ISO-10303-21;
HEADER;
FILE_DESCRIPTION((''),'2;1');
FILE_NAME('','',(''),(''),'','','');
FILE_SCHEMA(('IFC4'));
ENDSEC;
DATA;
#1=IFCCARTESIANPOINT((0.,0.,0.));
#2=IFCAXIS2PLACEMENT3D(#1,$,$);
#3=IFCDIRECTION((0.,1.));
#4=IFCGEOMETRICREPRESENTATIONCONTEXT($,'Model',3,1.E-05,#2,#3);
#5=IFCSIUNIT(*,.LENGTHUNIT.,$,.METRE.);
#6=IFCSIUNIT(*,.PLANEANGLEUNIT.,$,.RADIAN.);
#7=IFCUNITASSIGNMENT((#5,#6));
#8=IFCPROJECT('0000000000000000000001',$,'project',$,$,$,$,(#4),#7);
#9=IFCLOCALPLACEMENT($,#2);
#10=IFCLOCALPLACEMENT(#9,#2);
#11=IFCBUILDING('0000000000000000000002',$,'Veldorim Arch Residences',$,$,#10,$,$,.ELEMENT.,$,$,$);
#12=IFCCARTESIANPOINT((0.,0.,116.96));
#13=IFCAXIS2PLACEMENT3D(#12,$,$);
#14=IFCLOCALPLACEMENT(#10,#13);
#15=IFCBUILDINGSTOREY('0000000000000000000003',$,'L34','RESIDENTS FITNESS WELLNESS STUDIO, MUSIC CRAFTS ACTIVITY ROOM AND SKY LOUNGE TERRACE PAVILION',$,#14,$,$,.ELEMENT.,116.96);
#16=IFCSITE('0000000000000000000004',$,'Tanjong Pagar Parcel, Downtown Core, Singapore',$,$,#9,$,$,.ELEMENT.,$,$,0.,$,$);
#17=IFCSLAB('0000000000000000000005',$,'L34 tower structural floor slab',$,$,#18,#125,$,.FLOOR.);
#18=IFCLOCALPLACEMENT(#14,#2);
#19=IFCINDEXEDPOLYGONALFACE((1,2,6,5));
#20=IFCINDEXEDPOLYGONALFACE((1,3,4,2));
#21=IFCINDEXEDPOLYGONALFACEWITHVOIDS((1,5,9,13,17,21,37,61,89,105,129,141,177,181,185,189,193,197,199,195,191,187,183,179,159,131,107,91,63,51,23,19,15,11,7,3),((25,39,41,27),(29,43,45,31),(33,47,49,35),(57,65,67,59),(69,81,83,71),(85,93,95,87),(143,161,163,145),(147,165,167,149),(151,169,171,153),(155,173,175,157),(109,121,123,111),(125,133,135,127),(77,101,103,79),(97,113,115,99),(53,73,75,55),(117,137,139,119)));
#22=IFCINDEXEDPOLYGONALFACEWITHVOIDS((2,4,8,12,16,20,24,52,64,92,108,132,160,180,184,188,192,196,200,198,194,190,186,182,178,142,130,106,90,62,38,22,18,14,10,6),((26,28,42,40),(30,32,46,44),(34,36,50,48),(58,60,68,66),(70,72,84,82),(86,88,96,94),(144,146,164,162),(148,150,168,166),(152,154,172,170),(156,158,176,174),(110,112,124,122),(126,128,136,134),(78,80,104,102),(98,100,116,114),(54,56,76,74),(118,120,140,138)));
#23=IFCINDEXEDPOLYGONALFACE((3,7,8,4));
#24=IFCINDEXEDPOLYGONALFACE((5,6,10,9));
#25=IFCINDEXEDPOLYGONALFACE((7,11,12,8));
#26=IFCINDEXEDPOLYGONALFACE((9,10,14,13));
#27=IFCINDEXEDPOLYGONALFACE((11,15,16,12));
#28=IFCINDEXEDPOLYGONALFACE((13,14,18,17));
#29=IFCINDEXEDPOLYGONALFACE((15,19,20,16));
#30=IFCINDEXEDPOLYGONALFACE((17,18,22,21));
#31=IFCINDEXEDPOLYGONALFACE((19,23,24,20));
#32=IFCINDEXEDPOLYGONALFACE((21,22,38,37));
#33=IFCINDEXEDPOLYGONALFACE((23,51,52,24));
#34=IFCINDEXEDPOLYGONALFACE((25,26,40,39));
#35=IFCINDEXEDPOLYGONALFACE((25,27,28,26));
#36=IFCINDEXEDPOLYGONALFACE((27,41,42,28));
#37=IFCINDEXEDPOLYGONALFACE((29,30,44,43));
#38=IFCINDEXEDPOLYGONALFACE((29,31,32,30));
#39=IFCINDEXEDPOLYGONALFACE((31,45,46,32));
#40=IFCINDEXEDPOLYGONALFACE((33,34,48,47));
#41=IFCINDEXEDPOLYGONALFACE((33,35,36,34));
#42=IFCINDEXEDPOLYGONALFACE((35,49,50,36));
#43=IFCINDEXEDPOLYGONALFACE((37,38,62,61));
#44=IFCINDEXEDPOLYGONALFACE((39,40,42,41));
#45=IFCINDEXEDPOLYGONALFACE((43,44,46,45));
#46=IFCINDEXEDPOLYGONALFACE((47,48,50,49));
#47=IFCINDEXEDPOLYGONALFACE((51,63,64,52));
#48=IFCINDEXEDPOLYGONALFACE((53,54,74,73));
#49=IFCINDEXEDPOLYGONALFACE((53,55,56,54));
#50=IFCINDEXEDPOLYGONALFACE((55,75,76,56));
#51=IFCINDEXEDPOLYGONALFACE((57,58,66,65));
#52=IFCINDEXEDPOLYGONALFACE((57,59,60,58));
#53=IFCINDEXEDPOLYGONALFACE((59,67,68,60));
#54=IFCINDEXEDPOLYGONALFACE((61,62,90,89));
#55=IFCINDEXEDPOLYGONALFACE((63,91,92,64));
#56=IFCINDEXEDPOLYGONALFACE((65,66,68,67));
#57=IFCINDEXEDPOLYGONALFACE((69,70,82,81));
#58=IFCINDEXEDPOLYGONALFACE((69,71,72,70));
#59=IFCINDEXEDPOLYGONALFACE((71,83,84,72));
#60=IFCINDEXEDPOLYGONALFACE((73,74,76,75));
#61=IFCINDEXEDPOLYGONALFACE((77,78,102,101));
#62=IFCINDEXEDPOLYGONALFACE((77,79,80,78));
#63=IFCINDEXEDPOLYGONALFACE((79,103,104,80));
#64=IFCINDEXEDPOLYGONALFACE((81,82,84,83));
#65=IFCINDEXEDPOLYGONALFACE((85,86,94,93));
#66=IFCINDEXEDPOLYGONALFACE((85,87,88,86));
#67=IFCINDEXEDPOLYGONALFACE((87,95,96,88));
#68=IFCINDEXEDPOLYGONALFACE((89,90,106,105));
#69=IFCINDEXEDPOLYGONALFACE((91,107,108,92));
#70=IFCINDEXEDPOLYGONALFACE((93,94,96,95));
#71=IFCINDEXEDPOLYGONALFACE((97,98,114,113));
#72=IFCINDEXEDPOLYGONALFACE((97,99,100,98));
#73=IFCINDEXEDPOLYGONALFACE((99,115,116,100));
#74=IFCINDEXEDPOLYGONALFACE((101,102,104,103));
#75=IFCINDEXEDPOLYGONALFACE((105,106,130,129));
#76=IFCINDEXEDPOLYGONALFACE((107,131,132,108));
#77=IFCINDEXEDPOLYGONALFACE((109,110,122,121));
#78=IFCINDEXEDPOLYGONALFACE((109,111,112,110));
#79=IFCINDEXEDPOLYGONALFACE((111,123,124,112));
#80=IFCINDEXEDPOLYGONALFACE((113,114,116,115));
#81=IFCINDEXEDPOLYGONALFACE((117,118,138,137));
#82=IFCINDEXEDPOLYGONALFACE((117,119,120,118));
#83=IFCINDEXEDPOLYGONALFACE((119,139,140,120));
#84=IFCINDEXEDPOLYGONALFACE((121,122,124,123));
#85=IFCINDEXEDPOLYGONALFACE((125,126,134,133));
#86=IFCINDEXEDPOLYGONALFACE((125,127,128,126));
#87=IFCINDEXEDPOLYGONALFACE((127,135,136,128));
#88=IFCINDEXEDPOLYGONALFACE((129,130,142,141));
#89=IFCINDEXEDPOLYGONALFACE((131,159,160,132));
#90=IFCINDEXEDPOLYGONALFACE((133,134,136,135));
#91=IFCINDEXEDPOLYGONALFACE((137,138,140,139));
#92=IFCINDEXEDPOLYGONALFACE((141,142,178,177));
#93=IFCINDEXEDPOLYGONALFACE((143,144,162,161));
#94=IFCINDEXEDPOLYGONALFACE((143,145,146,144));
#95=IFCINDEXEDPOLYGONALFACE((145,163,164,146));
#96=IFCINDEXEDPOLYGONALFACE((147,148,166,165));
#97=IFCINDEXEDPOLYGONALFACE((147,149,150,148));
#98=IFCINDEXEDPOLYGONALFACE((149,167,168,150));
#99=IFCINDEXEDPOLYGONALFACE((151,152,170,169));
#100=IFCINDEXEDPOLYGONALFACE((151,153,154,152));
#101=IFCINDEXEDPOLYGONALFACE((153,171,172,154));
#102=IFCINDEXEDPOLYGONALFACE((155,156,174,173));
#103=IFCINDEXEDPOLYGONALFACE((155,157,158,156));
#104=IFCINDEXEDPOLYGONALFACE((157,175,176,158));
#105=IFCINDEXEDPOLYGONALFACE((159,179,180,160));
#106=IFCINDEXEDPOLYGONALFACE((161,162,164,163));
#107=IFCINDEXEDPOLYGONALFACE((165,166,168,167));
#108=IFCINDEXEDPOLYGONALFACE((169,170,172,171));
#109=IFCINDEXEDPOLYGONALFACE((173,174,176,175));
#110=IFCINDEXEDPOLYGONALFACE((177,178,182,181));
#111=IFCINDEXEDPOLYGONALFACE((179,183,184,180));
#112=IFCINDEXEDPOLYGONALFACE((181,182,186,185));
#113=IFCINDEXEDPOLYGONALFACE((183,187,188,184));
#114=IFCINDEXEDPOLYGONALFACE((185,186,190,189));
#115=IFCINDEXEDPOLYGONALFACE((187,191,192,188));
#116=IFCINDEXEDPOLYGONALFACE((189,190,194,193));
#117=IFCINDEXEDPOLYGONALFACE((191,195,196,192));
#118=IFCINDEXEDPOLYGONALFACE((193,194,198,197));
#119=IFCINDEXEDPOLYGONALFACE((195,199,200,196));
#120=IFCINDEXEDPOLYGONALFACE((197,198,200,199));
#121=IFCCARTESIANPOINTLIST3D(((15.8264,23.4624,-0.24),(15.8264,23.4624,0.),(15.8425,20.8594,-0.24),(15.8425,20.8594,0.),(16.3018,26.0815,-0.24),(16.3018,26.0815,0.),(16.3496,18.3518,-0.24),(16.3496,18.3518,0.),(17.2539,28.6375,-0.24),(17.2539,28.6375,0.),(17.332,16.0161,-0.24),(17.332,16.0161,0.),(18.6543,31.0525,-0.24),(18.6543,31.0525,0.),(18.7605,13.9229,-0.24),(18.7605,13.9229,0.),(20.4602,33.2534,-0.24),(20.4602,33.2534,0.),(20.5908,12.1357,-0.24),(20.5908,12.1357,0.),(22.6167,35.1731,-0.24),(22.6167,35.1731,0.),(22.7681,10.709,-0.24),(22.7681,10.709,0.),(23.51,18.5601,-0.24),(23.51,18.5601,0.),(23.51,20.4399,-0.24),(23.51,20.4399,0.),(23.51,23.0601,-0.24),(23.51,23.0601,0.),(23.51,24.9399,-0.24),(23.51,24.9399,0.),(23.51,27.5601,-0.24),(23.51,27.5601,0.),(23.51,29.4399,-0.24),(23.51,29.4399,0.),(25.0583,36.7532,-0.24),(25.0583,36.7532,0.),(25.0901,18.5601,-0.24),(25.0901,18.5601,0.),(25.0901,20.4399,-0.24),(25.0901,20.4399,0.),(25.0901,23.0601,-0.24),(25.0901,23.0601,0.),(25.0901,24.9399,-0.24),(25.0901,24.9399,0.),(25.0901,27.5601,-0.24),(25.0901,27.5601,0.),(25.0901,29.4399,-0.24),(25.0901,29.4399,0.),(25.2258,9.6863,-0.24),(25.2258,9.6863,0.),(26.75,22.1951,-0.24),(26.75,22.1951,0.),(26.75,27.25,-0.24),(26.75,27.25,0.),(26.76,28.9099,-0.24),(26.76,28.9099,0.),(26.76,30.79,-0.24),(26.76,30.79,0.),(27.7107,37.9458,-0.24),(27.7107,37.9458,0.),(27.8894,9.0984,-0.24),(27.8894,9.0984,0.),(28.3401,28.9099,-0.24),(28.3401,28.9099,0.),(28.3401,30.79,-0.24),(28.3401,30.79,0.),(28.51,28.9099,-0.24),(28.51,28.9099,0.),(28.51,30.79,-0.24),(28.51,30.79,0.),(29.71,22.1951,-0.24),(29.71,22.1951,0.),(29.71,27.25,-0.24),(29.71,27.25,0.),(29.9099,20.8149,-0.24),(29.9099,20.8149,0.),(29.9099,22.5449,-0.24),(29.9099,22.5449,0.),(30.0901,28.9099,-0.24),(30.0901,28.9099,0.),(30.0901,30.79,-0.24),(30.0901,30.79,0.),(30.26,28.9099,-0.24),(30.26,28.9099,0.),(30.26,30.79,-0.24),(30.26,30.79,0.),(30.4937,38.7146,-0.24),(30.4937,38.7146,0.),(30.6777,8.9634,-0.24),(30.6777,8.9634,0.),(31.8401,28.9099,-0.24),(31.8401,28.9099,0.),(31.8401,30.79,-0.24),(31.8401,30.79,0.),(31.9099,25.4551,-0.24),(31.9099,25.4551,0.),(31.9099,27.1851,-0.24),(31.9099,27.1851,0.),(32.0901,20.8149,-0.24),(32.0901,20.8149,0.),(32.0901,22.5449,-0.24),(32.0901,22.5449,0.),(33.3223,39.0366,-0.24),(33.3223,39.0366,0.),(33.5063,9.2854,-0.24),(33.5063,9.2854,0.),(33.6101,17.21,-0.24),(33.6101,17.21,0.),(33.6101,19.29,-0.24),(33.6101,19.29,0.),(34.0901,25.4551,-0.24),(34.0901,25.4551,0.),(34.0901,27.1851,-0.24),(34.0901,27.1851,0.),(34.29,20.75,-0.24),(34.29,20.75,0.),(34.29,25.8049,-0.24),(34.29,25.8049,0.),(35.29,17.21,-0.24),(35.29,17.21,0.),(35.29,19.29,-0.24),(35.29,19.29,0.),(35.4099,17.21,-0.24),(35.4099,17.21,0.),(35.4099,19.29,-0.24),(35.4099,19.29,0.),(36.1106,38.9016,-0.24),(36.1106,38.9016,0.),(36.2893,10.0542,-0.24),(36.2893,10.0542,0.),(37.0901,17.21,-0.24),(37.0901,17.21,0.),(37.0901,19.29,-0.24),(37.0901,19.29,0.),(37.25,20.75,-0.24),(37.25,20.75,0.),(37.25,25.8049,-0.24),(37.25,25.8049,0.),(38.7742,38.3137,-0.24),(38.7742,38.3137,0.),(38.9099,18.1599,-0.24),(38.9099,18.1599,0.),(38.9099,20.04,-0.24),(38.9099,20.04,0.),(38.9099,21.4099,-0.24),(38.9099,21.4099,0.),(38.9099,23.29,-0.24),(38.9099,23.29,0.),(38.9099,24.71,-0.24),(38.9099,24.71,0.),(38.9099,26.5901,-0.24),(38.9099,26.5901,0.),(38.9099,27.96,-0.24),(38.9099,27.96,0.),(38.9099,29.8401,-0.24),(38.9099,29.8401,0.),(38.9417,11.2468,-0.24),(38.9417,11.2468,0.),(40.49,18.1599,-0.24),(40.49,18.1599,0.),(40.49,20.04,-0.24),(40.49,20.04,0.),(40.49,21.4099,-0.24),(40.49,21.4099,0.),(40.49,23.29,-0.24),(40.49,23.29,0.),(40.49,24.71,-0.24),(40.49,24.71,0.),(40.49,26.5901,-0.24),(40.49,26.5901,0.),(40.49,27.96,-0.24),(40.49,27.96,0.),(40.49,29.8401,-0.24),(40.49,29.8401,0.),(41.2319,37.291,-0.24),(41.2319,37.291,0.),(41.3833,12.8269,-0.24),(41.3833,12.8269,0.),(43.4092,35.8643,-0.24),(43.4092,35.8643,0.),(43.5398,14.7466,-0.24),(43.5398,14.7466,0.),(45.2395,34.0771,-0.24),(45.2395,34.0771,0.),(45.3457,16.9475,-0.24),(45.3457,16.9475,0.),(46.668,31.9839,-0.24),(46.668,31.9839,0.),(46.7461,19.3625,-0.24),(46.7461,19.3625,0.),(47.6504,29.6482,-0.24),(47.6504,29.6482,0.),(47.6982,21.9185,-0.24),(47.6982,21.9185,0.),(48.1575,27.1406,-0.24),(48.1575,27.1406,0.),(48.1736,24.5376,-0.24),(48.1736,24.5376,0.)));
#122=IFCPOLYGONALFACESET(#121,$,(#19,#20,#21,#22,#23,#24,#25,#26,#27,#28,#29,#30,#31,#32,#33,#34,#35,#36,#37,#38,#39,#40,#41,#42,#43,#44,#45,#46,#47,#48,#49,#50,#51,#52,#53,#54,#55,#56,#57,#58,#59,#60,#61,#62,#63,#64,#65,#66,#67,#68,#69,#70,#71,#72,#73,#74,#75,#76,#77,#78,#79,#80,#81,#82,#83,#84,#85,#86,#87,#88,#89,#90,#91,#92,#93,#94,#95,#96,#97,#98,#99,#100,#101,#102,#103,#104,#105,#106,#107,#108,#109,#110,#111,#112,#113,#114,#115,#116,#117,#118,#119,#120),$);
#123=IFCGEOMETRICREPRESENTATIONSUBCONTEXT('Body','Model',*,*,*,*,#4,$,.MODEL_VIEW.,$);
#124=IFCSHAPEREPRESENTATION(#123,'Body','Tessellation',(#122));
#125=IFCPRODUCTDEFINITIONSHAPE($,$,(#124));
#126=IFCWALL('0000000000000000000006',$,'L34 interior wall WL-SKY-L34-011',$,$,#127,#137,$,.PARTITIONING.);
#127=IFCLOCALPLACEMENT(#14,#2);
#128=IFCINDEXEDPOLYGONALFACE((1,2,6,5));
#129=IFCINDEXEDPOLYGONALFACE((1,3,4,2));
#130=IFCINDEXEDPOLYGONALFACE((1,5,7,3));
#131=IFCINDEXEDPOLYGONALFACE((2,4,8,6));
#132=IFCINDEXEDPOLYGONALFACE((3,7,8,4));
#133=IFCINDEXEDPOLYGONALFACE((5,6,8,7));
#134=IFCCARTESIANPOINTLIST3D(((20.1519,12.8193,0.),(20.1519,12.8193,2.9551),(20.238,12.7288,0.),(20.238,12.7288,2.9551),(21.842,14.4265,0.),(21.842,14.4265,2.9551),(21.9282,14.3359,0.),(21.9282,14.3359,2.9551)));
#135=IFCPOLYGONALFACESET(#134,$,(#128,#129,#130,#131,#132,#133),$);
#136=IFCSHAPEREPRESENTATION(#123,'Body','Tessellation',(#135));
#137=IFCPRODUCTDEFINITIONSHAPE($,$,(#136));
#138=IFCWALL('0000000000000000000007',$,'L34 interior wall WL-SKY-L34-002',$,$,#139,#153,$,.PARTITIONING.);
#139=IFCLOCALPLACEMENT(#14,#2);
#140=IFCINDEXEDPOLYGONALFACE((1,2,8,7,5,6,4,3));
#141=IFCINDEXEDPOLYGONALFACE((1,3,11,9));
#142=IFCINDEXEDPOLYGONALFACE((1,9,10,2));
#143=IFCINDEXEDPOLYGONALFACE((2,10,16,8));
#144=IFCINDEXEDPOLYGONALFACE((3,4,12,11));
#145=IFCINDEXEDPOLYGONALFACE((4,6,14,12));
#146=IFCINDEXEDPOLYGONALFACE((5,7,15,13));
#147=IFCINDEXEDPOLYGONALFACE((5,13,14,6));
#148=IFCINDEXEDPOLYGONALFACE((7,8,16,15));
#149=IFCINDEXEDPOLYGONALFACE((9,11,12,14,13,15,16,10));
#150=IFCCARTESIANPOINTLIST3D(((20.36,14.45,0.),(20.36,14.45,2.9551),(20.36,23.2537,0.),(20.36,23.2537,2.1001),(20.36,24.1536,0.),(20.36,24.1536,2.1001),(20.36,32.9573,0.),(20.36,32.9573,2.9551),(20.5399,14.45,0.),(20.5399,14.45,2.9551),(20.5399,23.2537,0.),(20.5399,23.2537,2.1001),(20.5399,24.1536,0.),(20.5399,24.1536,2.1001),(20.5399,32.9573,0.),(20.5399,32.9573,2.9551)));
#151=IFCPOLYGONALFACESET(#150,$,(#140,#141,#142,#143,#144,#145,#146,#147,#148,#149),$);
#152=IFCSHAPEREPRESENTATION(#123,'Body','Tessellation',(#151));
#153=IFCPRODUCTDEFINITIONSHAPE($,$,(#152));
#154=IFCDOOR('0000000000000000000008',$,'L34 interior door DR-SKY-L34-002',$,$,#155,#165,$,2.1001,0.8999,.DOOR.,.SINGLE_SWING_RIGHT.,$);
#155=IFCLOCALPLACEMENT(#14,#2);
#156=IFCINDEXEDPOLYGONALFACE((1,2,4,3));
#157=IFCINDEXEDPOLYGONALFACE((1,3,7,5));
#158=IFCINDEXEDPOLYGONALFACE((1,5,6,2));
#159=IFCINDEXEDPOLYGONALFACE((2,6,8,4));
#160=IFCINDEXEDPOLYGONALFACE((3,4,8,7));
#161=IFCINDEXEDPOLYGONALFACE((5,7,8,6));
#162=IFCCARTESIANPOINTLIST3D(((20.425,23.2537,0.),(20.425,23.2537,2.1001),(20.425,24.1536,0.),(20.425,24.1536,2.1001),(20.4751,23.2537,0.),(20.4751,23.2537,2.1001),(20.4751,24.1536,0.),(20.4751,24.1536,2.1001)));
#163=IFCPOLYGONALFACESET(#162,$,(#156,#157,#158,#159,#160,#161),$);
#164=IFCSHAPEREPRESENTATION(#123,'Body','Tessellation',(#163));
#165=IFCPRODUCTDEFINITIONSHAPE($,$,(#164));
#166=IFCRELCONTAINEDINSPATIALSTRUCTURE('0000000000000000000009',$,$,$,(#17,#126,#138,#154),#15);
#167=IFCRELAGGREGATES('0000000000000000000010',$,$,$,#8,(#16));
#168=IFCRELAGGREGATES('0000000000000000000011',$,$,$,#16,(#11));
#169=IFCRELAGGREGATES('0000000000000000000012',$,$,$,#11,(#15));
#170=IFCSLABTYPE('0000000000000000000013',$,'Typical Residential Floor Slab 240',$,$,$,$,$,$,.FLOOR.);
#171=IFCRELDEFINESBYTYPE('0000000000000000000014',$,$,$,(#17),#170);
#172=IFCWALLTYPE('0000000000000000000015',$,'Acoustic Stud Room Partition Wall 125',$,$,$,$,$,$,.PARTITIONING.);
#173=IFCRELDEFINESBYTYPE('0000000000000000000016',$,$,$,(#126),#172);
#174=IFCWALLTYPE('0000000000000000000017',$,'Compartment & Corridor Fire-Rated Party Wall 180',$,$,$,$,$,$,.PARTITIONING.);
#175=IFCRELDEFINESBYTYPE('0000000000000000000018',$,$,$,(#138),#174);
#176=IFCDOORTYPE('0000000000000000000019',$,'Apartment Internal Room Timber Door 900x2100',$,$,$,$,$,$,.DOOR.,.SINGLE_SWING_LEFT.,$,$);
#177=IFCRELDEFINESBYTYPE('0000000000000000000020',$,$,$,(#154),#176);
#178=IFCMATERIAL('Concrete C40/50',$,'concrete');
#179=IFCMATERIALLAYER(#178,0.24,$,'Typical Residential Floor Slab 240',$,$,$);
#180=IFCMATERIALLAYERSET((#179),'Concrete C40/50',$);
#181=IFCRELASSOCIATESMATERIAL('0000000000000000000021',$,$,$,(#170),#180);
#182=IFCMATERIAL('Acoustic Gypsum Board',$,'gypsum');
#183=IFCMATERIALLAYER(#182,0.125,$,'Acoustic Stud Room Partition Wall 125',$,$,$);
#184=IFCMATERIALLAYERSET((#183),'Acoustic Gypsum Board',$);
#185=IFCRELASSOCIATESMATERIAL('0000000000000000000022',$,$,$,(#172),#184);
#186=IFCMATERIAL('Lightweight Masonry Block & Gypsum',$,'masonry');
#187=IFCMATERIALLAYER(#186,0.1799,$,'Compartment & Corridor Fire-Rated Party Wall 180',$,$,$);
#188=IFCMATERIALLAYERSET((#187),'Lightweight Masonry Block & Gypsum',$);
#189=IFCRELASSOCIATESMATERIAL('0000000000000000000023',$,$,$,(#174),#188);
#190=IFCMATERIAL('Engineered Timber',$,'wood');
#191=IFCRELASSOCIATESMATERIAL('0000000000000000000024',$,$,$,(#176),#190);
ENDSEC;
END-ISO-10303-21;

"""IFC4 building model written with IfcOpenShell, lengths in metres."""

from ifc_helpers import new_model, si_unit, direction, frame, frame_2d, origin, place, context, subcontext, project, spatial, polyline, rectangle, outline, extrude, material, layer, layer_set, type_object, element, fill, save


model = new_model("IFC4")

# Units and contexts
model_context = context("Model", 3, precision=1e-05, world=origin(), true_north=direction((0.0, 1.0)))
body_context = subcontext(model_context, "Body", "Model", "MODEL_VIEW")
ifc_project = project(units=[si_unit("LENGTHUNIT", "METRE"), si_unit("PLANEANGLEUNIT", "RADIAN")], contexts=[model_context])

# Site, building, storey
site_placement = place(None, origin())
site = spatial("IfcSite", under=ifc_project, at=site_placement, Name="Tanjong Pagar Parcel, Downtown Core, Singapore", CompositionType="ELEMENT", RefElevation=0.0)
building_placement = place(site_placement, origin())
building = spatial("IfcBuilding", under=site, at=building_placement, Name="Veldorim Arch Residences", CompositionType="ELEMENT")
storey_placement = place(building_placement, frame((0.0, 0.0, 116.96)))
storey = spatial("IfcBuildingStorey", under=building, at=storey_placement, Name="L34", Description="RESIDENTS FITNESS WELLNESS STUDIO, MUSIC CRAFTS ACTIVITY ROOM AND SKY LOUNGE TERRACE PAVILION", CompositionType="ELEMENT", Elevation=116.96)

# Slab
ifc_material_1 = material(Name="Concrete C40/50", Category="concrete")
ifc_layer_1 = layer(ifc_material_1, 0.24, Name="Typical Residential Floor Slab 240")
ifc_layer_set_1 = layer_set([ifc_layer_1], Name="Concrete C40/50")
slab_type_1 = type_object("IfcSlabType", Name="Typical Residential Floor Slab 240", PredefinedType="FLOOR", material=ifc_layer_set_1)
slab_1_placement = place(storey_placement, frame((0.0, 0.0, -0.24)))
element("IfcSlab", 1, at=slab_1_placement, inside=storey, type_object=slab_type_1, Name="L34 tower structural floor slab", PredefinedType="FLOOR", context=body_context, shape_type="SweptSolid", body=[
    extrude(outline(polyline([(46.668, 31.9839), (45.2395, 34.0771), (43.4092, 35.8643), (41.2319, 37.291), (38.7742, 38.3137), (36.1106, 38.9016), (33.3223, 39.0366), (30.4937, 38.7146), (27.7107, 37.9458), (25.0583, 36.7532), (22.6167, 35.1731), (20.4602, 33.2534), (18.6543, 31.0525), (17.2539, 28.6375), (16.3018, 26.0815), (15.8264, 23.4624), (15.8425, 20.8594), (16.3496, 18.3518), (17.332, 16.0161), (18.7605, 13.9229), (20.5908, 12.1357), (22.7681, 10.709), (25.2258, 9.6863), (27.8894, 9.0984), (30.6777, 8.9634), (33.5063, 9.2854), (36.2893, 10.0542), (38.9417, 11.2468), (41.3833, 12.8269), (43.5398, 14.7466), (45.3457, 16.9475), (46.7461, 19.3625), (47.6982, 21.9185), (48.1736, 24.5376), (48.1575, 27.1406), (47.6504, 29.6482), (46.668, 31.9839)]), holes=[polyline([(23.51, 20.4399), (25.0901, 20.4399), (25.0901, 18.5601), (23.51, 18.5601), (23.51, 20.4399)]), polyline([(29.9099, 22.5449), (32.0901, 22.5449), (32.0901, 20.8149), (29.9099, 20.8149), (29.9099, 22.5449)]), polyline([(23.51, 24.9399), (25.0901, 24.9399), (25.0901, 23.0601), (23.51, 23.0601), (23.51, 24.9399)]), polyline([(26.75, 27.25), (29.71, 27.25), (29.71, 22.1951), (26.75, 22.1951), (26.75, 27.25)]), polyline([(23.51, 29.4399), (25.0901, 29.4399), (25.0901, 27.5601), (23.51, 27.5601), (23.51, 29.4399)]), polyline([(26.76, 30.79), (28.3401, 30.79), (28.3401, 28.9099), (26.76, 28.9099), (26.76, 30.79)]), polyline([(28.51, 30.79), (30.0901, 30.79), (30.0901, 28.9099), (28.51, 28.9099), (28.51, 30.79)]), polyline([(30.26, 30.79), (31.8401, 30.79), (31.8401, 28.9099), (30.26, 28.9099), (30.26, 30.79)]), polyline([(33.6101, 19.29), (35.29, 19.29), (35.29, 17.21), (33.6101, 17.21), (33.6101, 19.29)]), polyline([(35.4099, 19.29), (37.0901, 19.29), (37.0901, 17.21), (35.4099, 17.21), (35.4099, 19.29)]), polyline([(38.9099, 20.04), (40.49, 20.04), (40.49, 18.1599), (38.9099, 18.1599), (38.9099, 20.04)]), polyline([(38.9099, 23.29), (40.49, 23.29), (40.49, 21.4099), (38.9099, 21.4099), (38.9099, 23.29)]), polyline([(34.29, 25.8049), (37.25, 25.8049), (37.25, 20.75), (34.29, 20.75), (34.29, 25.8049)]), polyline([(38.9099, 26.5901), (40.49, 26.5901), (40.49, 24.71), (38.9099, 24.71), (38.9099, 26.5901)]), polyline([(31.9099, 27.1851), (34.0901, 27.1851), (34.0901, 25.4551), (31.9099, 25.4551), (31.9099, 27.1851)]), polyline([(38.9099, 29.8401), (40.49, 29.8401), (40.49, 27.96), (38.9099, 27.96), (38.9099, 29.8401)])]), origin(), (0.0, 0.0, 1.0), 0.24),
])

# Wall
ifc_material_2 = material(Name="Acoustic Gypsum Board", Category="gypsum")
ifc_layer_2 = layer(ifc_material_2, 0.125, Name="Acoustic Stud Room Partition Wall 125")
ifc_layer_set_2 = layer_set([ifc_layer_2], Name="Acoustic Gypsum Board")
wall_type_1 = type_object("IfcWallType", Name="Acoustic Stud Room Partition Wall 125", PredefinedType="PARTITIONING", material=ifc_layer_set_2)
wall_1_placement = place(storey_placement, frame((21.885, 14.3811, 0.0), z_axis=(0.0, 0.0, 1.0), x_axis=(-0.724678, -0.689088, 0.0)))
element("IfcWall", 2, at=wall_1_placement, inside=storey, type_object=wall_type_1, Name="L34 interior wall WL-SKY-L34-011", PredefinedType="PARTITIONING", context=body_context, shape_type="SweptSolid", body=[
    extrude(rectangle(XDim=2.3323, YDim=0.125, at=frame_2d((1.166, 0.0))), origin(), (0.0, 0.0, 1.0), 2.9551),
])

# Wall, opening, door
ifc_material_3 = material(Name="Lightweight Masonry Block & Gypsum", Category="masonry")
ifc_layer_3 = layer(ifc_material_3, 0.1799, Name="Compartment & Corridor Fire-Rated Party Wall 180")
ifc_layer_set_3 = layer_set([ifc_layer_3], Name="Lightweight Masonry Block & Gypsum")
wall_type_2 = type_object("IfcWallType", Name="Compartment & Corridor Fire-Rated Party Wall 180", PredefinedType="PARTITIONING", material=ifc_layer_set_3)
wall_2_placement = place(storey_placement, frame((20.45, 14.45, 0.0), z_axis=(0.0, 0.0, 1.0), x_axis=(0.0, 1.0, 0.0)))
wall_2 = element("IfcWall", 3, at=wall_2_placement, inside=storey, type_object=wall_type_2, Name="L34 interior wall WL-SKY-L34-002", PredefinedType="PARTITIONING", context=body_context, shape_type="SweptSolid", body=[
    extrude(rectangle(XDim=18.5073, YDim=0.1799, at=frame_2d((9.2537, 0.0))), origin(), (0.0, 0.0, 1.0), 2.9551),
])
opening_1_placement = place(wall_2_placement, frame((8.8037, 0.0, 0.0)))
opening_1 = element("IfcOpeningElement", 4, at=opening_1_placement, cuts=wall_2, PredefinedType="OPENING", context=body_context, shape_type="SweptSolid", body=[
    extrude(rectangle(XDim=0.8999, YDim=2.1001, at=frame_2d((0.45, 1.05))), frame((0.0, 0.0999, 0.0), z_axis=(0.0, -1.0, 0.0), x_axis=(1.0, 0.0, 0.0)), (0.0, 0.0, 1.0), 0.2),
])
ifc_material_4 = material(Name="Engineered Timber", Category="wood")
door_type_1 = type_object("IfcDoorType", Name="Apartment Internal Room Timber Door 900x2100", OperationType="SINGLE_SWING_LEFT", PredefinedType="DOOR", material=ifc_material_4)
door_1_placement = place(opening_1_placement, origin())
door_1 = element("IfcDoor", 5, at=door_1_placement, inside=storey, type_object=door_type_1, Name="L34 interior door DR-SKY-L34-002", OperationType="SINGLE_SWING_RIGHT", OverallHeight=2.1001, OverallWidth=0.8999, PredefinedType="DOOR", context=body_context, shape_type="SweptSolid", body=[
    extrude(rectangle(XDim=0.8999, YDim=2.1001, at=frame_2d((0.45, 1.05))), frame((0.0, 0.0249, 0.0), z_axis=(0.0, -1.0, 0.0), x_axis=(1.0, 0.0, 0.0)), (0.0, 0.0, 1.0), 0.05),
])
fill(opening_1, door_1)

save(model, "model.ifc")
